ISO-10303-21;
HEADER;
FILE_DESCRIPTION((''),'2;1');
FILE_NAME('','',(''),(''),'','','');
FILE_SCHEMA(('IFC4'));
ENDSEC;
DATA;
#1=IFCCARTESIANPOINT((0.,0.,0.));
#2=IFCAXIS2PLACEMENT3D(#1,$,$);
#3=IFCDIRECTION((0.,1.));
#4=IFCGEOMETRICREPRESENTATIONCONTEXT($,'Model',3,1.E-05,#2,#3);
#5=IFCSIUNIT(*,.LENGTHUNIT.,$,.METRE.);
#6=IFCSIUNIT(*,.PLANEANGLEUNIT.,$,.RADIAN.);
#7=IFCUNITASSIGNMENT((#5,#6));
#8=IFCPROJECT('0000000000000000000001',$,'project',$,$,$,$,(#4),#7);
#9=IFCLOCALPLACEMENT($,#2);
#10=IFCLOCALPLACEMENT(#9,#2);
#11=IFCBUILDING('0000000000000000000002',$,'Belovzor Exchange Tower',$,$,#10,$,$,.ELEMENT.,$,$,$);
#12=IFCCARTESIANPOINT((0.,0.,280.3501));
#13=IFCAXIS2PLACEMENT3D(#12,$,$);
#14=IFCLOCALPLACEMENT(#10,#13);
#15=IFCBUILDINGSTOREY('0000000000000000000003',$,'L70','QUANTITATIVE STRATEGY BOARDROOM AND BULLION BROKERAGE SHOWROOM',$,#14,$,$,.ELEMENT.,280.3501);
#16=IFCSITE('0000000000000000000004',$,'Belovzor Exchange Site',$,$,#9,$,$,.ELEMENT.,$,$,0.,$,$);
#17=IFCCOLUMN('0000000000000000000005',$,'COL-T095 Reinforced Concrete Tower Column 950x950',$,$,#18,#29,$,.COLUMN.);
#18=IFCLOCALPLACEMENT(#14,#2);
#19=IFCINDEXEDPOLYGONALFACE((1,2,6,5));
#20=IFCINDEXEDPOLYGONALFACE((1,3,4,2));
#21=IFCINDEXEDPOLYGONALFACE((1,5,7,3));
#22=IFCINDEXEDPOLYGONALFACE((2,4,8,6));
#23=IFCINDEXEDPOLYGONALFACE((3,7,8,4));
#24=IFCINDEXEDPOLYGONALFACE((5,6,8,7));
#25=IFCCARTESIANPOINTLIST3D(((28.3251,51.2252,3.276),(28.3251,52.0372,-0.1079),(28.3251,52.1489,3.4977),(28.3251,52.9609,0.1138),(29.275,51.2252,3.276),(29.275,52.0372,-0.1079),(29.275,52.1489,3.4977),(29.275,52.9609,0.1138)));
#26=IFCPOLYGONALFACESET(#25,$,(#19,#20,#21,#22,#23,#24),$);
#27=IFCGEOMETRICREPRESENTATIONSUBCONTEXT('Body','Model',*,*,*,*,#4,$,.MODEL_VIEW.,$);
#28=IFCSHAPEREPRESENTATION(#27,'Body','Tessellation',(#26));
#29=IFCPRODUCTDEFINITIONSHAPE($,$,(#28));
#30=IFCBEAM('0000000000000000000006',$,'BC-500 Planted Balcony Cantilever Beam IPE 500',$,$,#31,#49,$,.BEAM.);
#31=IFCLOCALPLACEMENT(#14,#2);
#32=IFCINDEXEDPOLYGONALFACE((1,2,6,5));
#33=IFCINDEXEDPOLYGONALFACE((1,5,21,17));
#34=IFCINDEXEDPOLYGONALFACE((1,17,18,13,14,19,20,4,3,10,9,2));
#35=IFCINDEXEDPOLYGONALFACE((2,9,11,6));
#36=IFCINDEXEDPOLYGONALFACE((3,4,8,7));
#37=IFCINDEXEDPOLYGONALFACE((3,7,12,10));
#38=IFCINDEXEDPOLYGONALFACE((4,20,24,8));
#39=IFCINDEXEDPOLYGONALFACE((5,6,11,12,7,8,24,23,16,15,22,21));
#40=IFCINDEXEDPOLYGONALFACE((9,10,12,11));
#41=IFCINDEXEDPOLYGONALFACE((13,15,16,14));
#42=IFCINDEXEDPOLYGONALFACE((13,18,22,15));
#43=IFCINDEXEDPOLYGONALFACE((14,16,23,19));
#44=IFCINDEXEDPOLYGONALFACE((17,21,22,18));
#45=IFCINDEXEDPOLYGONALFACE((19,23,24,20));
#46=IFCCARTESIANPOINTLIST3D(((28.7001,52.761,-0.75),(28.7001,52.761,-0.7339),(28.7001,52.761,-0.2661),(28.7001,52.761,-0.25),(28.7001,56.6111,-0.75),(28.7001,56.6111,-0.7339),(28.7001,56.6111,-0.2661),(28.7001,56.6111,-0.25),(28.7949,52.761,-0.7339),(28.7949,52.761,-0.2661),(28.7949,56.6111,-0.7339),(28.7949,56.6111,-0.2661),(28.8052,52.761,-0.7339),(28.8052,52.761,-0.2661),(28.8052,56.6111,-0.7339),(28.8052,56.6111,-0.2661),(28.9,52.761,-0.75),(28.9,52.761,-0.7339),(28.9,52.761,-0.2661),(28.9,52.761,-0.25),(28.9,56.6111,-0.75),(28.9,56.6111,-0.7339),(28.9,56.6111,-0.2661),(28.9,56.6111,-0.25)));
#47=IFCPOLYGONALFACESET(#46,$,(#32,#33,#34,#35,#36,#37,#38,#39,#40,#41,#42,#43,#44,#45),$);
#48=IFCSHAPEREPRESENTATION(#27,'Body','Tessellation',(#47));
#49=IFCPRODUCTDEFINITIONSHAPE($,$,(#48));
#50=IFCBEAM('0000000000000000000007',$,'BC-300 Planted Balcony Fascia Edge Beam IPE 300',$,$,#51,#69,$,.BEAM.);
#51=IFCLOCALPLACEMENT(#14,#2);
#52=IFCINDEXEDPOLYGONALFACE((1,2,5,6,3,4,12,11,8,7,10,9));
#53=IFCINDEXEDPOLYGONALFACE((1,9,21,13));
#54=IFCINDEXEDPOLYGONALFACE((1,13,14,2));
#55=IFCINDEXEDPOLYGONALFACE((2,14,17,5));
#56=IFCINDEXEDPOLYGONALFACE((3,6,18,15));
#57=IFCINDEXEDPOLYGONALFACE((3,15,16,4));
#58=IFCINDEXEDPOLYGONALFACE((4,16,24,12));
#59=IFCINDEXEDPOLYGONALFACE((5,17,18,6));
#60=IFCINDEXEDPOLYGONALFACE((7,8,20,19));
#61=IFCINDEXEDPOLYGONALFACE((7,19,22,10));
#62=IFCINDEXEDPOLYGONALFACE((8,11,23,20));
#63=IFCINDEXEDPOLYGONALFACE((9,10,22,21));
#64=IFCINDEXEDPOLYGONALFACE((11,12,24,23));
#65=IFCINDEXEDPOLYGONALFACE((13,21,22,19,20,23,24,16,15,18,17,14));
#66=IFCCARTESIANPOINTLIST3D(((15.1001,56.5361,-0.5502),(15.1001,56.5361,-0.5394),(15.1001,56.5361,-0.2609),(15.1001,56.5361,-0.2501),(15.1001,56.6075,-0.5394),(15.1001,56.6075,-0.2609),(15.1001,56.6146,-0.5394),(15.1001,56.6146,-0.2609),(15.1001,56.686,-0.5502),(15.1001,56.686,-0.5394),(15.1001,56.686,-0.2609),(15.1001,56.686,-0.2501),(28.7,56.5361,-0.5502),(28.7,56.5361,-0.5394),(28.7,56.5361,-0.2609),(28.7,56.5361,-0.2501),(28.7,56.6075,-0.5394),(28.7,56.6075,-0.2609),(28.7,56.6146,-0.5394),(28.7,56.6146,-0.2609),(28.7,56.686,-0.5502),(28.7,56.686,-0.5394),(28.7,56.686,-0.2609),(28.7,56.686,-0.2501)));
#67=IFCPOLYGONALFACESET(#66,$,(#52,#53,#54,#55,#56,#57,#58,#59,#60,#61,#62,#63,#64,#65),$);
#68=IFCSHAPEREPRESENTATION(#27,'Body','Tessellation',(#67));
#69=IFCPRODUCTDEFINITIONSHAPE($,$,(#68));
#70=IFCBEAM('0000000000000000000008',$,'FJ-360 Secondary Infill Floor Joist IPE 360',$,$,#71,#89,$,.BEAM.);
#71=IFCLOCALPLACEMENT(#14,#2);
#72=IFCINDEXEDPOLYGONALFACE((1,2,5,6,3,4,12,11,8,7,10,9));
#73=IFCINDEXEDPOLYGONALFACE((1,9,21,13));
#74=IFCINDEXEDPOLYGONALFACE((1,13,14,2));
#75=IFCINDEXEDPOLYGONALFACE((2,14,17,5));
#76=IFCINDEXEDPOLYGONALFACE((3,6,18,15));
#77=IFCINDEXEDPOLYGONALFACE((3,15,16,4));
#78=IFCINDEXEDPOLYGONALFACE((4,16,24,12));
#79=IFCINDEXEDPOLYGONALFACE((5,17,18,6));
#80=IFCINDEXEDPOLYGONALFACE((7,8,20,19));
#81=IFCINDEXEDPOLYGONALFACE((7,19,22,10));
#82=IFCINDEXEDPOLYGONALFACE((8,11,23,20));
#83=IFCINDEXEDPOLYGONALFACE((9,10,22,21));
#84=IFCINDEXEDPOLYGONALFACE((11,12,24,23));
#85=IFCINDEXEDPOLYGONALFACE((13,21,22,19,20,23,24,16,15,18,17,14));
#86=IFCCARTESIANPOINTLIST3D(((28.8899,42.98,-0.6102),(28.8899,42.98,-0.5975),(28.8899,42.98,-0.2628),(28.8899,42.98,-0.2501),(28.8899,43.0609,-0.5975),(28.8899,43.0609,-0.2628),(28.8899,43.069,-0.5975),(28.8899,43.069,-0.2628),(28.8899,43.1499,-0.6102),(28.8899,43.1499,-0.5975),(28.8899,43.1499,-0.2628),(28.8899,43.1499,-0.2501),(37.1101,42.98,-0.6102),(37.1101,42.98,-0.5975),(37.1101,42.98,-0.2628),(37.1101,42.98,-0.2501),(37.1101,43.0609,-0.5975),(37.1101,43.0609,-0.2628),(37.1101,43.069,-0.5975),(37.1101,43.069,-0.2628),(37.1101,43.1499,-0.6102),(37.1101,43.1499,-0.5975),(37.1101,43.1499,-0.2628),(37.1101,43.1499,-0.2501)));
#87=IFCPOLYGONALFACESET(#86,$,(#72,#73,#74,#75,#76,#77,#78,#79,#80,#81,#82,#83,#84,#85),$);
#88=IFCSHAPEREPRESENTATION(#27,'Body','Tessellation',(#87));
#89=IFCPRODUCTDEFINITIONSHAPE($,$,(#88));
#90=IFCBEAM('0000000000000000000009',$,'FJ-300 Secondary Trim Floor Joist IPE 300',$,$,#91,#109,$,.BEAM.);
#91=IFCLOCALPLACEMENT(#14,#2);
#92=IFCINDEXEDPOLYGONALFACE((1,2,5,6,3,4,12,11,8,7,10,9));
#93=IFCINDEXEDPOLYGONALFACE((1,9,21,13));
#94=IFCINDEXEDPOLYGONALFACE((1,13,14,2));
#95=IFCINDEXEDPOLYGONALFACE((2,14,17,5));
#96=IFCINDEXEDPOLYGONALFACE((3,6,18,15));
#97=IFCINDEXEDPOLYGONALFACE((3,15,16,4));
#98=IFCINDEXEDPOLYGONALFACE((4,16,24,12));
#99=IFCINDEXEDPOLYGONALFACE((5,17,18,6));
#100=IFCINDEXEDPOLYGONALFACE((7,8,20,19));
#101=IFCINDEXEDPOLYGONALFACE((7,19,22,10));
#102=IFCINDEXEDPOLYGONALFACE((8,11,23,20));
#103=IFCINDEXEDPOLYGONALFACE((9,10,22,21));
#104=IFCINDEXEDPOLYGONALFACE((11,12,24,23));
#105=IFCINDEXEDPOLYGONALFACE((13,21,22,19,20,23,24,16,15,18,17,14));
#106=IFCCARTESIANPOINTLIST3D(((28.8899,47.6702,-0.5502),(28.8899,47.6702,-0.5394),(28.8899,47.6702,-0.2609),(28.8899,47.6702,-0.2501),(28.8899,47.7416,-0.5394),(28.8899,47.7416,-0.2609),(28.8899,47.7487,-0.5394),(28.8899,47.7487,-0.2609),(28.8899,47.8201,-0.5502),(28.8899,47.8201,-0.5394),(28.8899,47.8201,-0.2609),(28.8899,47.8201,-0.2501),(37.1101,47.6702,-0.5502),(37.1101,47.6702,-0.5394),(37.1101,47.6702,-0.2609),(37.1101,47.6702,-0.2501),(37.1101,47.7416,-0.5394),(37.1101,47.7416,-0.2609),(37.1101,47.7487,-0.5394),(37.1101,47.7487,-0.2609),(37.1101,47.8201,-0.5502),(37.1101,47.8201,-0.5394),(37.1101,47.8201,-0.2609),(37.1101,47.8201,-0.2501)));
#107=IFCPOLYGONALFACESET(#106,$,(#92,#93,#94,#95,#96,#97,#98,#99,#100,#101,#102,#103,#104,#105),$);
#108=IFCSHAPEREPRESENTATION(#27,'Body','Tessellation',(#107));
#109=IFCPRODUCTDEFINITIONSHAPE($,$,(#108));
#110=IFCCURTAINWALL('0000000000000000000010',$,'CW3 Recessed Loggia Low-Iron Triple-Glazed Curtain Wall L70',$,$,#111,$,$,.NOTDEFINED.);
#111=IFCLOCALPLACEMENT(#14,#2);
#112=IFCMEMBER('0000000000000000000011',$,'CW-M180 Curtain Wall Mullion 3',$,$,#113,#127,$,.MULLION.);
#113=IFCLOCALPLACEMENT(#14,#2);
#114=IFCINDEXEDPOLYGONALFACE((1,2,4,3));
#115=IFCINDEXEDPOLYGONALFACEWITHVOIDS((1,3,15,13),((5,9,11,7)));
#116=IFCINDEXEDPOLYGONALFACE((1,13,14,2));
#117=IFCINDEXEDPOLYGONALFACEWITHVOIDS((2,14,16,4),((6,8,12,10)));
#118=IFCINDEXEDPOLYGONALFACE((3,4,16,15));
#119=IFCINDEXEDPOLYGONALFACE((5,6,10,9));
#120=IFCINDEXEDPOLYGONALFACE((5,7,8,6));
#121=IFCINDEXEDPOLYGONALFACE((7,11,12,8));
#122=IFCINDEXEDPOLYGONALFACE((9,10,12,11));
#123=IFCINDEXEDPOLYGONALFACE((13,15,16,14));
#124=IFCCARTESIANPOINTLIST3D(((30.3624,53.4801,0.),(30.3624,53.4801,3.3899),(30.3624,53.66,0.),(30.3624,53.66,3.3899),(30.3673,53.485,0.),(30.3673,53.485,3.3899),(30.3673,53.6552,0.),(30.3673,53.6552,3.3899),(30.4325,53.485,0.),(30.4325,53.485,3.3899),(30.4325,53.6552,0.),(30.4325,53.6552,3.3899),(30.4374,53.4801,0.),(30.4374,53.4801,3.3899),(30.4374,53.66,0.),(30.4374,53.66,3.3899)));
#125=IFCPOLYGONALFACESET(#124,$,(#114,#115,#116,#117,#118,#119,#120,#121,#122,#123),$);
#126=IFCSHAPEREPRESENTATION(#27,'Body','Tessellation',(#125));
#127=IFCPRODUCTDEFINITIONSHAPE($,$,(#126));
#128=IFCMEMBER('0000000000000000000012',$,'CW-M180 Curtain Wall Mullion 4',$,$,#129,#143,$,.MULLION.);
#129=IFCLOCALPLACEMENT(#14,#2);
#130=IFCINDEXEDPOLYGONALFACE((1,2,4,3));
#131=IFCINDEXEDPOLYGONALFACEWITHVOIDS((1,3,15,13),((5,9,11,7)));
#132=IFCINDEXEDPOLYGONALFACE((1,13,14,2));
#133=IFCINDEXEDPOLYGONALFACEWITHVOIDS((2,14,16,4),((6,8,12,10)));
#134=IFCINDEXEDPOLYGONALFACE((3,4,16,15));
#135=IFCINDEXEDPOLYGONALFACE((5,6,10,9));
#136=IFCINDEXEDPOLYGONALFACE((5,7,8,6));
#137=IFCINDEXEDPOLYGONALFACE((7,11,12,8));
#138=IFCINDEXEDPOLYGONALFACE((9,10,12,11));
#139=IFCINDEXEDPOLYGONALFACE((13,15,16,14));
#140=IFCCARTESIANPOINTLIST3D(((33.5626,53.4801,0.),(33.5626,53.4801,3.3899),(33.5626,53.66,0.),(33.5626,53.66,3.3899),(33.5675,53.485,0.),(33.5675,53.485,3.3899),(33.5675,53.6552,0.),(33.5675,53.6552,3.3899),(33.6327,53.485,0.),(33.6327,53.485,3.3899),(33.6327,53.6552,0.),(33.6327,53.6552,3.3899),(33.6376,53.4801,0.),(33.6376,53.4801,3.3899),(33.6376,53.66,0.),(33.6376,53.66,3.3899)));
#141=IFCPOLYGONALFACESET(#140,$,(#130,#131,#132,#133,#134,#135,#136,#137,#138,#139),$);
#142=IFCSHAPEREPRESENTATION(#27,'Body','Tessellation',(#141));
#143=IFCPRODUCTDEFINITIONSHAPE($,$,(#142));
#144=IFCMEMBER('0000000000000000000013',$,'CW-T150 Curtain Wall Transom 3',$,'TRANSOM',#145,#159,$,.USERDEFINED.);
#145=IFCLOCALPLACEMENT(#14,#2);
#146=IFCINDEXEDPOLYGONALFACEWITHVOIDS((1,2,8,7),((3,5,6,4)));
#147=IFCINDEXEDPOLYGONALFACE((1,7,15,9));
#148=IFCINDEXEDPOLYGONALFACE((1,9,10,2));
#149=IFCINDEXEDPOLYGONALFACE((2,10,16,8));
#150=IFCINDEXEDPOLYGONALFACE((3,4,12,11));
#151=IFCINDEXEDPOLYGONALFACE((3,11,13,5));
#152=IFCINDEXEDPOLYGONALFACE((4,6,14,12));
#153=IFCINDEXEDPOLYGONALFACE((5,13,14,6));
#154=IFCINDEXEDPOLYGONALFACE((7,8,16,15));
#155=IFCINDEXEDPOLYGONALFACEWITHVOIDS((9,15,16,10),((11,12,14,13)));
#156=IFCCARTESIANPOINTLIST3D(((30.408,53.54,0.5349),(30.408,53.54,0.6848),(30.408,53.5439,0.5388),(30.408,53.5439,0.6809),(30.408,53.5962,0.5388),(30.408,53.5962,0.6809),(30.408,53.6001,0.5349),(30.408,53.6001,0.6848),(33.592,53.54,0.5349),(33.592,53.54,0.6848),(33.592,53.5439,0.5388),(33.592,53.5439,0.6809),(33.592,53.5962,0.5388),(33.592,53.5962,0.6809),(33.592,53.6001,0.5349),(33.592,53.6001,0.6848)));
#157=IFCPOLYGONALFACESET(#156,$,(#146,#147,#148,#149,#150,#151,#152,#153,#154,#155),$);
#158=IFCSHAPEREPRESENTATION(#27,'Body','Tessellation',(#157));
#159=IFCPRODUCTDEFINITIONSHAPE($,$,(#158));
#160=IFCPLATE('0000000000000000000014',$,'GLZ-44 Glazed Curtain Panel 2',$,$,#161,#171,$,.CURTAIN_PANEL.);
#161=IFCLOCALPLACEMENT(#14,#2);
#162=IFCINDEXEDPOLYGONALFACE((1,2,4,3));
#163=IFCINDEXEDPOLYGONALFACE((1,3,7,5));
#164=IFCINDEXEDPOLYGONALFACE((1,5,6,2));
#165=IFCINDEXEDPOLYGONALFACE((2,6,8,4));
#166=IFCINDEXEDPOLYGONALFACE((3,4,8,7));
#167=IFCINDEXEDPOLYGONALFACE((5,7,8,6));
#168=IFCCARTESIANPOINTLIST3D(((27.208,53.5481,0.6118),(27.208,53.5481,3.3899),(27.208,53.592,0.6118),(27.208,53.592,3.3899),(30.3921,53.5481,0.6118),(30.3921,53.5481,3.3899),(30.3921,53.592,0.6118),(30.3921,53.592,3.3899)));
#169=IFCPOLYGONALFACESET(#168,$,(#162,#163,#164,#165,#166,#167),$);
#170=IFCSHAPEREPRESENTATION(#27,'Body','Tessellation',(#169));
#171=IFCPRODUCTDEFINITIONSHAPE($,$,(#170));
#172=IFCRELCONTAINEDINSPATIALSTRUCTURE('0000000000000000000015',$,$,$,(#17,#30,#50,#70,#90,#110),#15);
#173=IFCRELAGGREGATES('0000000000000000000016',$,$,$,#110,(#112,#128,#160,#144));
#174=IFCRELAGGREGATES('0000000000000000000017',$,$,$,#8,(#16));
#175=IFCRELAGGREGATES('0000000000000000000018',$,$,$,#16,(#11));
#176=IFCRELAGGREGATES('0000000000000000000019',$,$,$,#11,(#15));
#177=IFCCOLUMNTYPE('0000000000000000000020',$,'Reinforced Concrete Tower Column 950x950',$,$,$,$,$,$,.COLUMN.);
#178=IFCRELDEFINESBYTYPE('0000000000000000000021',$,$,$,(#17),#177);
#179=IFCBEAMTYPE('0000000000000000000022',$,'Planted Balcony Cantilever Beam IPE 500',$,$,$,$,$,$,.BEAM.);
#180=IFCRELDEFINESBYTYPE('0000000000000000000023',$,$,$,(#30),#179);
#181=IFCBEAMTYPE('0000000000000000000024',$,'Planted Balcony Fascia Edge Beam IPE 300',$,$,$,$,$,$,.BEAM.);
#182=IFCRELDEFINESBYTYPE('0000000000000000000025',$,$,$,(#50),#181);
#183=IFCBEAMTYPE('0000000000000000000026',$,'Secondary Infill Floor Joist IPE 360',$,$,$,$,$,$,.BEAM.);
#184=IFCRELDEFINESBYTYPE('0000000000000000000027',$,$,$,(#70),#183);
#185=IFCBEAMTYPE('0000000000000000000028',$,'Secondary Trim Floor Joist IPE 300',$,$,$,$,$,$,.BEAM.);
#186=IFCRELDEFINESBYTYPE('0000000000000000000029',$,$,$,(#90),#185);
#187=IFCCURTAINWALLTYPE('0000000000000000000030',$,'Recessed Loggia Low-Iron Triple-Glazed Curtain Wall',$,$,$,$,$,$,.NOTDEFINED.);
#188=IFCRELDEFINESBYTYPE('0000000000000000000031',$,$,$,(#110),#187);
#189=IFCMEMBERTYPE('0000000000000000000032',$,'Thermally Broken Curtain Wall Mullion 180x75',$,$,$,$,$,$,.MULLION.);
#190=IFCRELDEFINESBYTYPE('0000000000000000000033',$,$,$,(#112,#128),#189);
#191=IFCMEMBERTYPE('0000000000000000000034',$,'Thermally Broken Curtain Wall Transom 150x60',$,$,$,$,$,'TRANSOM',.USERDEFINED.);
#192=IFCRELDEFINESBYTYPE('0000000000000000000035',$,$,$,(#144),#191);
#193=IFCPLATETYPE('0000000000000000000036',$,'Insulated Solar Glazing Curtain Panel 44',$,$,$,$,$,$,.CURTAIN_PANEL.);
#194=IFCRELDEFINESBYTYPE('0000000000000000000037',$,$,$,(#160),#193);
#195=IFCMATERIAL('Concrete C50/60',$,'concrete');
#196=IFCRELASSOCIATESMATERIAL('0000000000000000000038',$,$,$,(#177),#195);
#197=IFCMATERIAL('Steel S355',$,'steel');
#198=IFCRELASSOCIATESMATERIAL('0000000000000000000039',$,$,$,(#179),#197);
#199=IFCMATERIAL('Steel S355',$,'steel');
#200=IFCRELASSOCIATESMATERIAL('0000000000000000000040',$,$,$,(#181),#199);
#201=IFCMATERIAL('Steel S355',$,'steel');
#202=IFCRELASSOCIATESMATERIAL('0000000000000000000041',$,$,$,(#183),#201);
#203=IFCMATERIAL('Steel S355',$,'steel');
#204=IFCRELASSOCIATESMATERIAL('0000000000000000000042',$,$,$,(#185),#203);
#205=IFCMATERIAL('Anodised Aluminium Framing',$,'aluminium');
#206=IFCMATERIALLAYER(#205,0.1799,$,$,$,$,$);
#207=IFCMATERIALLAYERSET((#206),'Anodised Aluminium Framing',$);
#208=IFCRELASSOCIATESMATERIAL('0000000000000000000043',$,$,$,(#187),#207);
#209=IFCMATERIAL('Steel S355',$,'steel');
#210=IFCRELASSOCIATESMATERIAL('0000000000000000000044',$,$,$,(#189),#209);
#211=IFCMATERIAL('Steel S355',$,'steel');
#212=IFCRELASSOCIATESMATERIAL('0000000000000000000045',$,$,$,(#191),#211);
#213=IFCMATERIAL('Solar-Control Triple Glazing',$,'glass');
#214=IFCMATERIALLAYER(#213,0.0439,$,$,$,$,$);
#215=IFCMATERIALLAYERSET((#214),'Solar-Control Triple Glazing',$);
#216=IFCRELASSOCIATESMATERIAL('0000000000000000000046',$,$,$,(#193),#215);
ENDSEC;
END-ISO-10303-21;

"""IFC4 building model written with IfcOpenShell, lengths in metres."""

from ifc_helpers import new_model, si_unit, direction, frame, origin, origin_2d, place, context, subcontext, project, spatial, rectangle, hollow_rectangle, i_section, extrude, material, layer, layer_set, material_profile, profile_set, type_object, element, aggregate, save


model = new_model("IFC4")

# Units and contexts
model_context = context("Model", 3, precision=1e-05, world=origin(), true_north=direction((0.0, 1.0)))
body_context = subcontext(model_context, "Body", "Model", "MODEL_VIEW")
ifc_project = project(units=[si_unit("LENGTHUNIT", "METRE"), si_unit("PLANEANGLEUNIT", "RADIAN")], contexts=[model_context])

# Site, building, storey
site_placement = place(None, origin())
site = spatial("IfcSite", under=ifc_project, at=site_placement, Name="Belovzor Exchange Site", CompositionType="ELEMENT", RefElevation=0.0)
building_placement = place(site_placement, origin())
building = spatial("IfcBuilding", under=site, at=building_placement, Name="Belovzor Exchange Tower", CompositionType="ELEMENT")
storey_placement = place(building_placement, frame((0.0, 0.0, 280.3501)))
storey = spatial("IfcBuildingStorey", under=building, at=storey_placement, Name="L70", Description="QUANTITATIVE STRATEGY BOARDROOM AND BULLION BROKERAGE SHOWROOM", CompositionType="ELEMENT", Elevation=280.3501)

# Column
ifc_material_1 = material(Name="Concrete C50/60", Category="concrete")
ifc_material_profile_1 = material_profile(ifc_material_1, rectangle(XDim=0.95, YDim=0.95, at=origin_2d()))
ifc_profile_set_1 = profile_set([ifc_material_profile_1], Name="Concrete C50/60")
column_type = type_object("IfcColumnType", Name="Reinforced Concrete Tower Column 950x950", PredefinedType="COLUMN", material=ifc_profile_set_1)
column_placement = place(storey_placement, frame((28.8, 52.499, 0.0029), z_axis=(0.0, -0.23333, 0.972397), x_axis=(1.0, 0.0, 0.0)))
element("IfcColumn", 1, at=column_placement, inside=storey, type_object=column_type, Name="COL-T095 Reinforced Concrete Tower Column 950x950", PredefinedType="COLUMN", context=body_context, shape_type="SweptSolid", body=[
    extrude(rectangle(XDim=0.95, YDim=0.95, at=origin_2d()), origin(), (0.0, 0.0, 1.0), 3.48),
])

# Beams
ifc_material_2 = material(Name="Steel S355", Category="steel")
ifc_material_profile_2 = material_profile(ifc_material_2, i_section(OverallWidth=0.2, OverallDepth=0.5, WebThickness=0.0103, FlangeThickness=0.0161, at=origin_2d()))
ifc_profile_set_2 = profile_set([ifc_material_profile_2], Name="Steel S355")
beam_type_1 = type_object("IfcBeamType", Name="Planted Balcony Cantilever Beam IPE 500", PredefinedType="BEAM", material=ifc_profile_set_2)
beam_1_placement = place(storey_placement, frame((28.8, 52.761, -0.5), z_axis=(0.0, 1.0, 0.0), x_axis=(-1.0, 0.0, 0.0)))
element("IfcBeam", 2, at=beam_1_placement, inside=storey, type_object=beam_type_1, Name="BC-500 Planted Balcony Cantilever Beam IPE 500", PredefinedType="BEAM", context=body_context, shape_type="SweptSolid", body=[
    extrude(i_section(OverallWidth=0.2, OverallDepth=0.5, WebThickness=0.0103, FlangeThickness=0.0161, at=origin_2d()), origin(), (0.0, 0.0, 1.0), 3.8501),
])
ifc_material_3 = material(Name="Steel S355", Category="steel")
ifc_material_profile_3 = material_profile(ifc_material_3, i_section(OverallWidth=0.1499, OverallDepth=0.3, WebThickness=0.0071, FlangeThickness=0.0107, at=origin_2d()))
ifc_profile_set_3 = profile_set([ifc_material_profile_3], Name="Steel S355")
beam_type_2 = type_object("IfcBeamType", Name="Planted Balcony Fascia Edge Beam IPE 300", PredefinedType="BEAM", material=ifc_profile_set_3)
beam_2_placement = place(storey_placement, frame((28.7, 56.6111, -0.4001), z_axis=(-1.0, 0.0, 0.0), x_axis=(0.0, -1.0, 0.0)))
element("IfcBeam", 3, at=beam_2_placement, inside=storey, type_object=beam_type_2, Name="BC-300 Planted Balcony Fascia Edge Beam IPE 300", PredefinedType="BEAM", context=body_context, shape_type="SweptSolid", body=[
    extrude(i_section(OverallWidth=0.1499, OverallDepth=0.3, WebThickness=0.0071, FlangeThickness=0.0107, at=origin_2d()), origin(), (0.0, 0.0, 1.0), 13.5999),
])
ifc_material_4 = material(Name="Steel S355", Category="steel")
ifc_material_profile_4 = material_profile(ifc_material_4, i_section(OverallWidth=0.1699, OverallDepth=0.3601, WebThickness=0.0081, FlangeThickness=0.0127, at=origin_2d()))
ifc_profile_set_4 = profile_set([ifc_material_profile_4], Name="Steel S355")
beam_type_3 = type_object("IfcBeamType", Name="Secondary Infill Floor Joist IPE 360", PredefinedType="BEAM", material=ifc_profile_set_4)
beam_3_placement = place(storey_placement, frame((28.8899, 43.0649, -0.4302), z_axis=(1.0, 0.0, 0.0), x_axis=(0.0, 1.0, 0.0)))
element("IfcBeam", 4, at=beam_3_placement, inside=storey, type_object=beam_type_3, Name="FJ-360 Secondary Infill Floor Joist IPE 360", PredefinedType="BEAM", context=body_context, shape_type="SweptSolid", body=[
    extrude(i_section(OverallWidth=0.1699, OverallDepth=0.3601, WebThickness=0.0081, FlangeThickness=0.0127, at=origin_2d()), origin(), (0.0, 0.0, 1.0), 8.2202),
])
ifc_material_5 = material(Name="Steel S355", Category="steel")
ifc_material_profile_5 = material_profile(ifc_material_5, i_section(OverallWidth=0.1499, OverallDepth=0.3, WebThickness=0.0071, FlangeThickness=0.0107, at=origin_2d()))
ifc_profile_set_5 = profile_set([ifc_material_profile_5], Name="Steel S355")
beam_type_4 = type_object("IfcBeamType", Name="Secondary Trim Floor Joist IPE 300", PredefinedType="BEAM", material=ifc_profile_set_5)
beam_4_placement = place(storey_placement, frame((28.8899, 47.7451, -0.4001), z_axis=(1.0, 0.0, 0.0), x_axis=(0.0, 1.0, 0.0)))
element("IfcBeam", 5, at=beam_4_placement, inside=storey, type_object=beam_type_4, Name="FJ-300 Secondary Trim Floor Joist IPE 300", PredefinedType="BEAM", context=body_context, shape_type="SweptSolid", body=[
    extrude(i_section(OverallWidth=0.1499, OverallDepth=0.3, WebThickness=0.0071, FlangeThickness=0.0107, at=origin_2d()), origin(), (0.0, 0.0, 1.0), 8.2202),
])

# Curtain wall, members, plate
ifc_material_6 = material(Name="Anodised Aluminium Framing", Category="aluminium")
ifc_layer_1 = layer(ifc_material_6, 0.1799)
ifc_layer_set_1 = layer_set([ifc_layer_1], Name="Anodised Aluminium Framing")
curtain_wall_type = type_object("IfcCurtainWallType", Name="Recessed Loggia Low-Iron Triple-Glazed Curtain Wall", PredefinedType="NOTDEFINED", material=ifc_layer_set_1)
curtain_wall_placement = place(storey_placement, origin())
curtain_wall = element("IfcCurtainWall", 6, at=curtain_wall_placement, inside=storey, type_object=curtain_wall_type, Name="CW3 Recessed Loggia Low-Iron Triple-Glazed Curtain Wall L70", PredefinedType="NOTDEFINED")
ifc_material_7 = material(Name="Steel S355", Category="steel")
ifc_material_profile_6 = material_profile(ifc_material_7, hollow_rectangle(XDim=0.075, YDim=0.1799, WallThickness=0.0049, at=origin_2d()))
ifc_profile_set_6 = profile_set([ifc_material_profile_6], Name="Steel S355")
member_type_1 = type_object("IfcMemberType", Name="Thermally Broken Curtain Wall Mullion 180x75", PredefinedType="MULLION", material=ifc_profile_set_6)
member_1_placement = place(storey_placement, frame((30.3999, 53.5701, 0.0), z_axis=(0.0, 0.0, 1.0), x_axis=(1.0, 0.0, 0.0)))
member_1 = element("IfcMember", 7, at=member_1_placement, type_object=member_type_1, Name="CW-M180 Curtain Wall Mullion 3", PredefinedType="MULLION", context=body_context, shape_type="SweptSolid", body=[
    extrude(hollow_rectangle(XDim=0.075, YDim=0.1799, WallThickness=0.0049, at=origin_2d()), origin(), (0.0, 0.0, 1.0), 3.3899),
])
member_2_placement = place(storey_placement, frame((33.6001, 53.5701, 0.0), z_axis=(0.0, 0.0, 1.0), x_axis=(1.0, 0.0, 0.0)))
member_2 = element("IfcMember", 8, at=member_2_placement, type_object=member_type_1, Name="CW-M180 Curtain Wall Mullion 4", PredefinedType="MULLION", context=body_context, shape_type="SweptSolid", body=[
    extrude(hollow_rectangle(XDim=0.075, YDim=0.1799, WallThickness=0.0049, at=origin_2d()), origin(), (0.0, 0.0, 1.0), 3.3899),
])
ifc_material_8 = material(Name="Steel S355", Category="steel")
ifc_material_profile_7 = material_profile(ifc_material_8, hollow_rectangle(XDim=0.0601, YDim=0.1499, WallThickness=0.0039, at=origin_2d()))
ifc_profile_set_7 = profile_set([ifc_material_profile_7], Name="Steel S355")
member_type_2 = type_object("IfcMemberType", Name="Thermally Broken Curtain Wall Transom 150x60", ElementType="TRANSOM", PredefinedType="USERDEFINED", material=ifc_profile_set_7)
member_3_placement = place(storey_placement, frame((30.408, 53.5701, 0.6099), z_axis=(1.0, 0.0, 0.0), x_axis=(0.0, 1.0, 0.0)))
member_3 = element("IfcMember", 9, at=member_3_placement, type_object=member_type_2, Name="CW-T150 Curtain Wall Transom 3", ObjectType="TRANSOM", PredefinedType="USERDEFINED", context=body_context, shape_type="SweptSolid", body=[
    extrude(hollow_rectangle(XDim=0.0601, YDim=0.1499, WallThickness=0.0039, at=origin_2d()), origin(), (0.0, 0.0, 1.0), 3.1841),
])
ifc_material_9 = material(Name="Solar-Control Triple Glazing", Category="glass")
ifc_layer_2 = layer(ifc_material_9, 0.0439)
ifc_layer_set_2 = layer_set([ifc_layer_2], Name="Solar-Control Triple Glazing")
plate_type_1 = type_object("IfcPlateType", Name="Insulated Solar Glazing Curtain Panel 44", PredefinedType="CURTAIN_PANEL", material=ifc_layer_set_2)
plate_1_placement = place(storey_placement, frame((28.8, 53.5701, 0.6118), z_axis=(0.0, 0.0, 1.0), x_axis=(1.0, 0.0, 0.0)))
plate_1 = element("IfcPlate", 10, at=plate_1_placement, type_object=plate_type_1, Name="GLZ-44 Glazed Curtain Panel 2", PredefinedType="CURTAIN_PANEL", context=body_context, shape_type="SweptSolid", body=[
    extrude(rectangle(XDim=3.1841, YDim=0.0439, at=origin_2d()), origin(), (0.0, 0.0, 1.0), 2.7781),
])
aggregate(curtain_wall, [member_1, member_2, plate_1, member_3])

save(model, "model.ifc")
